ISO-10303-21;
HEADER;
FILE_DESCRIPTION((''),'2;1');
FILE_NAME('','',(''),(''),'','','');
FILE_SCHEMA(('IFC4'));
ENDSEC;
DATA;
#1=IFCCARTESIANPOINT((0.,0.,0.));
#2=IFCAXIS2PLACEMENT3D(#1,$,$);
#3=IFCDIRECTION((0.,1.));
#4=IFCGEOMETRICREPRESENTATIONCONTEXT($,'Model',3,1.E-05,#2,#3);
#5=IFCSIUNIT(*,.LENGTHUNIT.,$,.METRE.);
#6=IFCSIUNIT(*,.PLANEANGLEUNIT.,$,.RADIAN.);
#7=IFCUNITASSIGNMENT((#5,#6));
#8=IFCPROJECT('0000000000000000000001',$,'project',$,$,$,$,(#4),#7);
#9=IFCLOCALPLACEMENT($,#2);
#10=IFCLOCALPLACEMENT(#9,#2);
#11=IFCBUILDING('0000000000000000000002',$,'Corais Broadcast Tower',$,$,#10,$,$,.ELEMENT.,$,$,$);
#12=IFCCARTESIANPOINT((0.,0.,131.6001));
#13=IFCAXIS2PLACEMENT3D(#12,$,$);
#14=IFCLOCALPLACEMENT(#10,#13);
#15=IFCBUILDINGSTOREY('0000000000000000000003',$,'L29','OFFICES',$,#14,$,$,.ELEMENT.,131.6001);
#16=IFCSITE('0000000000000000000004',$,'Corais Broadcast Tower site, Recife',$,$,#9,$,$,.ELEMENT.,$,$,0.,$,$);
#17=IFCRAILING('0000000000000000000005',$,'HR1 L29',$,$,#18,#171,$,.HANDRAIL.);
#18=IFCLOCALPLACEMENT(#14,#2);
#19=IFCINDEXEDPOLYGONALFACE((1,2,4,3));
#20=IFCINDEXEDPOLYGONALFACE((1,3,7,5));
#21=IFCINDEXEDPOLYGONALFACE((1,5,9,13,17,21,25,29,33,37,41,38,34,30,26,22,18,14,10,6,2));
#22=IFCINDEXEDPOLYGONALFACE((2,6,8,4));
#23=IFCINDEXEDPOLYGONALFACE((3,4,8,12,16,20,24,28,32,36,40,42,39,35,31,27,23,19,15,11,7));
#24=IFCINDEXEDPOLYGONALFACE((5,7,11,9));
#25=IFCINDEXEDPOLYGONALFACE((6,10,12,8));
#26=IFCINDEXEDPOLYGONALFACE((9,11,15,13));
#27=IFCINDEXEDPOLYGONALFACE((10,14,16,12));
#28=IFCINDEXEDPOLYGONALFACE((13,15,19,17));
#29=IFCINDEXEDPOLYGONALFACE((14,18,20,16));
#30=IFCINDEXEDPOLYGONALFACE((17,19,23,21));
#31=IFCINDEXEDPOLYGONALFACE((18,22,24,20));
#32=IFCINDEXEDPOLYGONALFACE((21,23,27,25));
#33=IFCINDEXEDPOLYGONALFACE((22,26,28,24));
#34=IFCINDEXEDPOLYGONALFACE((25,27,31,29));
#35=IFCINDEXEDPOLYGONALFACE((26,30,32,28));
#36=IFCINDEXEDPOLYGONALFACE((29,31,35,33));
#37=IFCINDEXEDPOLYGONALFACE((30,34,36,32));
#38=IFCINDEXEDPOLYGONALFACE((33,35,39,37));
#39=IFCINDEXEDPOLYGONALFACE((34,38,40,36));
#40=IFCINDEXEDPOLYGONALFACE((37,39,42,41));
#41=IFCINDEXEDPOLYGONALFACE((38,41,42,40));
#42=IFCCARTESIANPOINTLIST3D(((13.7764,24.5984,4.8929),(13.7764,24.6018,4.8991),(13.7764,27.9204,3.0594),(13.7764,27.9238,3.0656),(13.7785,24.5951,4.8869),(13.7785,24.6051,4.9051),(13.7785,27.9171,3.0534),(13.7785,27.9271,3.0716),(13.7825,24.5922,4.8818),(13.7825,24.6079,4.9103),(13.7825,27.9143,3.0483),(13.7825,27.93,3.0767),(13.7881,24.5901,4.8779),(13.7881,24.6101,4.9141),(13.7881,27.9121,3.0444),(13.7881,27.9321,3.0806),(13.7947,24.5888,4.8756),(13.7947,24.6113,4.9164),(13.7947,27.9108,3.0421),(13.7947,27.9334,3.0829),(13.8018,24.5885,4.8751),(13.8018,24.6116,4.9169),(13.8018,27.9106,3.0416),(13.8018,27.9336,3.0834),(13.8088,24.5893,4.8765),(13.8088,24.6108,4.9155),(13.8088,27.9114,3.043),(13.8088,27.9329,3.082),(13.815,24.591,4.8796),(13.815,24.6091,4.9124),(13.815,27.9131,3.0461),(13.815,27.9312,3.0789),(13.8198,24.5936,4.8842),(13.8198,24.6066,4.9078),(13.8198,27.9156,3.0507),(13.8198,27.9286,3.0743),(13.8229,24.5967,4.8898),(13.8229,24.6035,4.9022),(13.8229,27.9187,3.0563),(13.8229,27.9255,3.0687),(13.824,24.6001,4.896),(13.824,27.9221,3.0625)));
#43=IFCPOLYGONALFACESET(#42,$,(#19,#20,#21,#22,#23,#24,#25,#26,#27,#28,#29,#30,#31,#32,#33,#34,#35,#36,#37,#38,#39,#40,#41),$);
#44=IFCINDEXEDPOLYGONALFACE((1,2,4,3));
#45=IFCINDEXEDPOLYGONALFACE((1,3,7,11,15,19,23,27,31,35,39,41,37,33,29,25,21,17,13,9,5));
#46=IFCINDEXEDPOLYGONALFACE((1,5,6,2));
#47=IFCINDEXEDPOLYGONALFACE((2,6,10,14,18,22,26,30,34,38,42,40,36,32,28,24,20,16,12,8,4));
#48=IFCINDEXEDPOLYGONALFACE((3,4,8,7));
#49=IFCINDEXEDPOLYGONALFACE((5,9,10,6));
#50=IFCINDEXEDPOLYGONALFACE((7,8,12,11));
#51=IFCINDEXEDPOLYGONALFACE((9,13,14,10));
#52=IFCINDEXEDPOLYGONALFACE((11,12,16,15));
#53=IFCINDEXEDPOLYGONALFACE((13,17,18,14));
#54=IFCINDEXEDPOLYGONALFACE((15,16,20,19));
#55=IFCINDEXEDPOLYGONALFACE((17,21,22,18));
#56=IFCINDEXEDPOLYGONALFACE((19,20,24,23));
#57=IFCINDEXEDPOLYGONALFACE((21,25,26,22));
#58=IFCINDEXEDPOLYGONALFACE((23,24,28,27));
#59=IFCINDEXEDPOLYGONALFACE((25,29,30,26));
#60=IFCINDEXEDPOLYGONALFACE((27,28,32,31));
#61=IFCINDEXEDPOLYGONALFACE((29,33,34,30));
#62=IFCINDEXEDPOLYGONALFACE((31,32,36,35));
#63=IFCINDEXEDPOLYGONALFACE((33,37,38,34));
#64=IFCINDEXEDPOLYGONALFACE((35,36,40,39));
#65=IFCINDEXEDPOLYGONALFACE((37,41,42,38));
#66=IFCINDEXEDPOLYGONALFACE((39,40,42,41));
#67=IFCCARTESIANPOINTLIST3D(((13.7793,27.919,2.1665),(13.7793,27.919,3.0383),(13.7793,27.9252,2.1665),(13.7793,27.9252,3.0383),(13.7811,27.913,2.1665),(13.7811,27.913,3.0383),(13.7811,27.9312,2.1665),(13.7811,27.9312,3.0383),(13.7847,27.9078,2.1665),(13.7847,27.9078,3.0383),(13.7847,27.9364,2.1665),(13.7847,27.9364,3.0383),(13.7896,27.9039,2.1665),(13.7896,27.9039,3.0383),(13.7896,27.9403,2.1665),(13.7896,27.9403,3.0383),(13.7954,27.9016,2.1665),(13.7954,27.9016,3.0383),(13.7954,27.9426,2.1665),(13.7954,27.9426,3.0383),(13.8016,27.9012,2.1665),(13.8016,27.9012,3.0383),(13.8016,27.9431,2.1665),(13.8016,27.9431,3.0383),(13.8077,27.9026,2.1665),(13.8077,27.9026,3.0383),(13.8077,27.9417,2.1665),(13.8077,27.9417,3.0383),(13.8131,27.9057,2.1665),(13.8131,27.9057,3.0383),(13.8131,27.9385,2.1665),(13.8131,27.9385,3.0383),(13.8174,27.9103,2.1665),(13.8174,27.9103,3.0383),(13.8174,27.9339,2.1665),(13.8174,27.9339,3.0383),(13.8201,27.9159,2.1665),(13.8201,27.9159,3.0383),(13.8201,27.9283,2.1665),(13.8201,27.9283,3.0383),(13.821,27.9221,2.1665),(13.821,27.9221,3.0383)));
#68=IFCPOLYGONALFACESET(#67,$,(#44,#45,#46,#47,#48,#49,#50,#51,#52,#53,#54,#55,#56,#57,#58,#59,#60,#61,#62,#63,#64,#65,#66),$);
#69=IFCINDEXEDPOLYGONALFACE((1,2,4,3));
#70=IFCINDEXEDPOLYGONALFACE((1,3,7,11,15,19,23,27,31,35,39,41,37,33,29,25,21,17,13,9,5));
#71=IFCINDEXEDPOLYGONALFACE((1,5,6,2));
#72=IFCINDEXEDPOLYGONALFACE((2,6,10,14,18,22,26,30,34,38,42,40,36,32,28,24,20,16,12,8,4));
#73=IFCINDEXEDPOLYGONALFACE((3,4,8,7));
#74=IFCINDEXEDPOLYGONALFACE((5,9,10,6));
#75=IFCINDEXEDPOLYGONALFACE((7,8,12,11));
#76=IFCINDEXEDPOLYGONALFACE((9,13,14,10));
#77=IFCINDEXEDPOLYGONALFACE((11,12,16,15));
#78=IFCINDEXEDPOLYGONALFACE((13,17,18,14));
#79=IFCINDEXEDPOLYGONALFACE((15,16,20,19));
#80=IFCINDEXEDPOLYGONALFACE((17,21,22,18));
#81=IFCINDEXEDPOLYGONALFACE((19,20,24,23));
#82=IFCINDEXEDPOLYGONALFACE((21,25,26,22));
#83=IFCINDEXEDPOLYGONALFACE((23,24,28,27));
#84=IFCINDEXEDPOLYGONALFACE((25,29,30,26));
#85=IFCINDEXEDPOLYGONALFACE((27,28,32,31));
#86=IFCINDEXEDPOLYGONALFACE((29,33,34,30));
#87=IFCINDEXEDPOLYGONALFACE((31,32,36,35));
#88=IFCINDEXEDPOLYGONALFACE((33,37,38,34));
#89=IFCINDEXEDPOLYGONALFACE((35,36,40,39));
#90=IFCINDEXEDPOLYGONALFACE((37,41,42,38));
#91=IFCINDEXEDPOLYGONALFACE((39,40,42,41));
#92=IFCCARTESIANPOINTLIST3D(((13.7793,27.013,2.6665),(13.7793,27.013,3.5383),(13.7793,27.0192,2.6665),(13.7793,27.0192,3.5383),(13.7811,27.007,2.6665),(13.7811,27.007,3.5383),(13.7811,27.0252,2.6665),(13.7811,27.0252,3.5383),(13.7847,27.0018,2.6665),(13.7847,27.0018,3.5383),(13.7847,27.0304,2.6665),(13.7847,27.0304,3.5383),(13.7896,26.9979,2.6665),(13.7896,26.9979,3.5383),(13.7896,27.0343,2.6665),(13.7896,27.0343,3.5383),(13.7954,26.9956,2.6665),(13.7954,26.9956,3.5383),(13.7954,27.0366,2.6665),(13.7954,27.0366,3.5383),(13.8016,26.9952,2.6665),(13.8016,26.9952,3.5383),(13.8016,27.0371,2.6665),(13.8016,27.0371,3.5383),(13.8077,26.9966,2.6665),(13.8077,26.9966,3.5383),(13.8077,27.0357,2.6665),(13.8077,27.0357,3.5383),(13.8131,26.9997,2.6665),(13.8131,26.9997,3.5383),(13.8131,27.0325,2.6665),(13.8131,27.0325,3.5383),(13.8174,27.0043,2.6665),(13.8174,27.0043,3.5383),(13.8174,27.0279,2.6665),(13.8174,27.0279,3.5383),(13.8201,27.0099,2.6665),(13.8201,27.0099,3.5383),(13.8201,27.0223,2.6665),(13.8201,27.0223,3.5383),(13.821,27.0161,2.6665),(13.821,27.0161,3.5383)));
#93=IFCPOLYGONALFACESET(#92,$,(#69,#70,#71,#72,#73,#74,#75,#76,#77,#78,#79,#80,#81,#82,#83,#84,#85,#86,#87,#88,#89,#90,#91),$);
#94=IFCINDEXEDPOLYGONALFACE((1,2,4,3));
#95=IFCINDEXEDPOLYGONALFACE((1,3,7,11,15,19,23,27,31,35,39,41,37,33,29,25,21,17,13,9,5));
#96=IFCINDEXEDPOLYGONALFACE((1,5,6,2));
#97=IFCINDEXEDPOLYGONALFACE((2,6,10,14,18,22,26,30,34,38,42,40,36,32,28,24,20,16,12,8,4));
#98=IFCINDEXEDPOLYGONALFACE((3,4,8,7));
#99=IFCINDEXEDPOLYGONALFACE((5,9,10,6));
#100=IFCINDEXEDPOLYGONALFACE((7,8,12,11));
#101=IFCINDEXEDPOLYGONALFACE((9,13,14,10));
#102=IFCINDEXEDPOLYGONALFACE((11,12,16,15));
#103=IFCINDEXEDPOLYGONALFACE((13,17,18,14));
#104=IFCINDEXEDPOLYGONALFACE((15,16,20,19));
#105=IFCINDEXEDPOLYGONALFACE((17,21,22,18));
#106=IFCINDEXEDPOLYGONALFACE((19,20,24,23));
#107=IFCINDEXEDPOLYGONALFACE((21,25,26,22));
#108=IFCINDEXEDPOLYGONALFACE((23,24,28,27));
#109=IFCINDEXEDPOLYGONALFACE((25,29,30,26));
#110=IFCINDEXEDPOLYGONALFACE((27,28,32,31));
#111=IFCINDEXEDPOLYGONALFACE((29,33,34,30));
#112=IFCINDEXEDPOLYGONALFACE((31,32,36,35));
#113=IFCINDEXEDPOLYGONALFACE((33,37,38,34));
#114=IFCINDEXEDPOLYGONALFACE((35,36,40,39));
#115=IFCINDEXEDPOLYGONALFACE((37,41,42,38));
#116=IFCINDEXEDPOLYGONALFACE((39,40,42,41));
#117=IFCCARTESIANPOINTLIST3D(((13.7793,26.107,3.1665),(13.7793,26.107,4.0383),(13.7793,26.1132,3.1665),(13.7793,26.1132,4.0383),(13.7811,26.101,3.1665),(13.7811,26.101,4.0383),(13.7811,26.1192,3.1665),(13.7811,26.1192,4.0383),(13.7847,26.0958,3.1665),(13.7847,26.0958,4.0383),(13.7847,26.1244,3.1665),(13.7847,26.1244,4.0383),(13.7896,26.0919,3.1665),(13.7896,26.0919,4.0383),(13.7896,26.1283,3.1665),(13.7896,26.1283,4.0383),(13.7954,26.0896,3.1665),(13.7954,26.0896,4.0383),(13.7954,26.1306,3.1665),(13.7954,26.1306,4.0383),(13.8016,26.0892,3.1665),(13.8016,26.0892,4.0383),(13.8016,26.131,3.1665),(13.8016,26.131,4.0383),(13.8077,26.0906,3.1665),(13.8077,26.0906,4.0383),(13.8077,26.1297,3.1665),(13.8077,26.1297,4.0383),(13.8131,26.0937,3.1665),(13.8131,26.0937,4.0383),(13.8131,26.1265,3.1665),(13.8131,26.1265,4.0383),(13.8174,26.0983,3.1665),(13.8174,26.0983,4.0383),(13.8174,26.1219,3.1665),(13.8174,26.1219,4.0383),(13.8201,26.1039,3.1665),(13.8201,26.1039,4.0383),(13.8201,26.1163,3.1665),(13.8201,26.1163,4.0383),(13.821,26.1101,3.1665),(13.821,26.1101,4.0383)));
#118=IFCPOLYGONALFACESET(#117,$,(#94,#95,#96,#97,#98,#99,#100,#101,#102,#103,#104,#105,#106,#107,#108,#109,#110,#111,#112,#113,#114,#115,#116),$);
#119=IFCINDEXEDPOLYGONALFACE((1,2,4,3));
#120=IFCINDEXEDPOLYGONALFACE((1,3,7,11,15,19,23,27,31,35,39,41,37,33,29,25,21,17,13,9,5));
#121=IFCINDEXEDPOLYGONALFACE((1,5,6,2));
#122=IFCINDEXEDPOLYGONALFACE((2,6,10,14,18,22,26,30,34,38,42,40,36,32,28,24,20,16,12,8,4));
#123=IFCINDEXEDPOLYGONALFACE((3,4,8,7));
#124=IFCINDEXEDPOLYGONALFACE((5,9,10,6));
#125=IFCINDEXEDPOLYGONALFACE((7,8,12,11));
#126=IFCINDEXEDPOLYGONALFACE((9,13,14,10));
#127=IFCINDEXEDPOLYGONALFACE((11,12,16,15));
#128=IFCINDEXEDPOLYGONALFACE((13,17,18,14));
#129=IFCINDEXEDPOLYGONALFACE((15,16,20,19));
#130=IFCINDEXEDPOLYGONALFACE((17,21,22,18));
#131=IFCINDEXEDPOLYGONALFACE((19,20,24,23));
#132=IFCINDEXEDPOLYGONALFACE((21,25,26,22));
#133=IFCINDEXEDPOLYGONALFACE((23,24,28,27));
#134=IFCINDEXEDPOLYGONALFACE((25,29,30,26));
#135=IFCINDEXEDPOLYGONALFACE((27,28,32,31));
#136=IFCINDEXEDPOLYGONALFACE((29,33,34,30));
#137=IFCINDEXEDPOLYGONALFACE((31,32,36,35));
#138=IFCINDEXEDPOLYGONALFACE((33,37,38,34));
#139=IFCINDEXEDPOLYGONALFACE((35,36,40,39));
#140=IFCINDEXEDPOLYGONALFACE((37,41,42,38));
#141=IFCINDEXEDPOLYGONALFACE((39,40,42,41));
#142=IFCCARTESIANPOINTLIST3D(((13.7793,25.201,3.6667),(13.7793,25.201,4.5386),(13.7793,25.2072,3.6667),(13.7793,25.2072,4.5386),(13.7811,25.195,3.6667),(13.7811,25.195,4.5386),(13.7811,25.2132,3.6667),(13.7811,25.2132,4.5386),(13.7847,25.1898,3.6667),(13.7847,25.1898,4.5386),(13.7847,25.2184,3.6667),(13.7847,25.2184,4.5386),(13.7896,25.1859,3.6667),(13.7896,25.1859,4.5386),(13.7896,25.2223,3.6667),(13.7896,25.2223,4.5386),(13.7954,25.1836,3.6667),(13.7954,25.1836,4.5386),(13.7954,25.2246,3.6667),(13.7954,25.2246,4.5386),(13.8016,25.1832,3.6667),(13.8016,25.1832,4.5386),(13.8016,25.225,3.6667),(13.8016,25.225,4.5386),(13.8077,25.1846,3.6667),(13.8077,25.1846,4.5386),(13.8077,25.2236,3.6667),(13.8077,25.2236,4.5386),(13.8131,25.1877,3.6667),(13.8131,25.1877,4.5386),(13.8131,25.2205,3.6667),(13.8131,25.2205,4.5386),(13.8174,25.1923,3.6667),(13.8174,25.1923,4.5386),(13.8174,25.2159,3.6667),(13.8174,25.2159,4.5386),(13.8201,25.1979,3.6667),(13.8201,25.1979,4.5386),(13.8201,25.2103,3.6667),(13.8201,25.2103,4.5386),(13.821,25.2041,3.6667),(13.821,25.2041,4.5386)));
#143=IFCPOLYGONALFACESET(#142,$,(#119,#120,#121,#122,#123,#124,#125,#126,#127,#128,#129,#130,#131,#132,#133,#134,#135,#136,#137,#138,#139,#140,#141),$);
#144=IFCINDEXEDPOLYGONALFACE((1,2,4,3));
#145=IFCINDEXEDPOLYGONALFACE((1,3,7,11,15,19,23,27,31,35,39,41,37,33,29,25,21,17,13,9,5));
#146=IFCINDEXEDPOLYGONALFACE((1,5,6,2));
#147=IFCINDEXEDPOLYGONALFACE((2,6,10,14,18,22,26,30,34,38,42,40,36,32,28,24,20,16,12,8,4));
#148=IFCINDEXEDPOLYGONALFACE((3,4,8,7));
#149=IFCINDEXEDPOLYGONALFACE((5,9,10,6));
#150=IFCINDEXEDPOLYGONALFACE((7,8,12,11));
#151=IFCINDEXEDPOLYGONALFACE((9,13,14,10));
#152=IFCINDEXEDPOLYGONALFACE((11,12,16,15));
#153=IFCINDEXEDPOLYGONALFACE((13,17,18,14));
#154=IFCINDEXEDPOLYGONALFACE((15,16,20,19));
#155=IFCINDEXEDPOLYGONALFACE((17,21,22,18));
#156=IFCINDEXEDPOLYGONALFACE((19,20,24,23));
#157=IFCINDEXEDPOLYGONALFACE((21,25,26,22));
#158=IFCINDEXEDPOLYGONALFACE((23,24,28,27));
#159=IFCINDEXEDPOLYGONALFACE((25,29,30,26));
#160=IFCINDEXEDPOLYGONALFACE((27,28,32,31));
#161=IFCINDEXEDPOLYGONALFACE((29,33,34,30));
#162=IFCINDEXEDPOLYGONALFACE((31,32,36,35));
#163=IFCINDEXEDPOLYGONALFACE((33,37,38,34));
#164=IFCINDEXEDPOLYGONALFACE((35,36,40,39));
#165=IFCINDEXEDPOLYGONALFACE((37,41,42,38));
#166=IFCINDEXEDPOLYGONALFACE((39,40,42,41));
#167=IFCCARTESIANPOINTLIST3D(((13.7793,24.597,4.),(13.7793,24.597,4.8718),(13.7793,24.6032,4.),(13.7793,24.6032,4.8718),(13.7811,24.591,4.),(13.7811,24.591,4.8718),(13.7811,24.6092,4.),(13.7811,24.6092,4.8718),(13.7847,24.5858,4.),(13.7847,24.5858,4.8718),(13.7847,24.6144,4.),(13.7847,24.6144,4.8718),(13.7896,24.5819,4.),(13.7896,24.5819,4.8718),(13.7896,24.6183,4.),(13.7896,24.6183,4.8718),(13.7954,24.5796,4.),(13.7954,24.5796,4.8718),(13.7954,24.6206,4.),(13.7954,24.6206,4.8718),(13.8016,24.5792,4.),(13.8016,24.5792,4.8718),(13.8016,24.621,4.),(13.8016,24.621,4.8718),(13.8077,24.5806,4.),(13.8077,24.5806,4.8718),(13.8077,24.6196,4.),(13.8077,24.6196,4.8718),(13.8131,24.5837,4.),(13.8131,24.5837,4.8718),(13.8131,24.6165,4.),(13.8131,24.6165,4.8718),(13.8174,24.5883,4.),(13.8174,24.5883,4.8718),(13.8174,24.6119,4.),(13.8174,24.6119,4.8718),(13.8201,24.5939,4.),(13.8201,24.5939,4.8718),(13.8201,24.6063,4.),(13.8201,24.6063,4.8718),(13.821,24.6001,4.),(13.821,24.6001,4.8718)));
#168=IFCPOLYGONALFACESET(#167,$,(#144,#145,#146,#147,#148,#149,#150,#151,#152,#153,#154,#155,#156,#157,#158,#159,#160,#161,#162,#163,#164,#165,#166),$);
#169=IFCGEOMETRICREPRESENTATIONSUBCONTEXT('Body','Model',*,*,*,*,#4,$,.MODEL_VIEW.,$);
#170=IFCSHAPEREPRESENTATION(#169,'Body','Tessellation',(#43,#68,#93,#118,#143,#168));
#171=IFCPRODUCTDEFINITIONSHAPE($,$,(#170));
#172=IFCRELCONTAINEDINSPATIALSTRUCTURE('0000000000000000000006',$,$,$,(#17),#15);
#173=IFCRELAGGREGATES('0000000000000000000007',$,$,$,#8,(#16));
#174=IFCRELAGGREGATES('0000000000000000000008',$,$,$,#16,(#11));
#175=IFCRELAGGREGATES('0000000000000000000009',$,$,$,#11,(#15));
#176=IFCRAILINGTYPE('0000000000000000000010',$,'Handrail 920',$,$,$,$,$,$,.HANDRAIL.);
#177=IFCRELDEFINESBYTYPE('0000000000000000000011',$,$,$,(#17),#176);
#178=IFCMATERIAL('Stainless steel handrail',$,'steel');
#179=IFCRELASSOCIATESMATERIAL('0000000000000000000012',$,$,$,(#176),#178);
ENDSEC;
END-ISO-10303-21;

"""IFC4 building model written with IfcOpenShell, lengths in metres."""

from ifc_helpers import new_model, si_unit, direction, frame, origin, origin_2d, place, context, subcontext, project, spatial, circle, extrude, material, type_object, element, save


model = new_model("IFC4")

# Units and contexts
model_context = context("Model", 3, precision=1e-05, world=origin(), true_north=direction((0.0, 1.0)))
body_context = subcontext(model_context, "Body", "Model", "MODEL_VIEW")
ifc_project = project(units=[si_unit("LENGTHUNIT", "METRE"), si_unit("PLANEANGLEUNIT", "RADIAN")], contexts=[model_context])

# Site, building, storey
site_placement = place(None, origin())
site = spatial("IfcSite", under=ifc_project, at=site_placement, Name="Corais Broadcast Tower site, Recife", CompositionType="ELEMENT", RefElevation=0.0)
building_placement = place(site_placement, origin())
building = spatial("IfcBuilding", under=site, at=building_placement, Name="Corais Broadcast Tower", CompositionType="ELEMENT")
storey_placement = place(building_placement, frame((0.0, 0.0, 131.6001)))
storey = spatial("IfcBuildingStorey", under=building, at=storey_placement, Name="L29", Description="OFFICES", CompositionType="ELEMENT", Elevation=131.6001)

# Railing
ifc_material_1 = material(Name="Stainless steel handrail", Category="steel")
railing_type = type_object("IfcRailingType", Name="Handrail 920", PredefinedType="HANDRAIL", material=ifc_material_1)
for number, where, name in (
    (1, (13.8, 27.9221, 2.1665), "HR1 L29"),
):
    element("IfcRailing", number, at=place(storey_placement, frame(where)), inside=storey, type_object=railing_type, Name=name, PredefinedType="HANDRAIL", context=body_context, shape_type="SweptSolid", body=[
        extrude(circle(Radius=0.0239, at=origin_2d()), frame((0.0, 0.0, 0.896), z_axis=(0.0, -0.875504, 0.48321), x_axis=(1.0, 0.0, 0.0)), (0.0, 0.0, 1.0), 3.7944),
        extrude(circle(Radius=0.021, at=origin_2d()), origin(), (0.0, 0.0, 1.0), 0.8718),
        extrude(circle(Radius=0.021, at=origin_2d()), frame((0.0, -0.906, 0.5)), (0.0, 0.0, 1.0), 0.8718),
        extrude(circle(Radius=0.021, at=origin_2d()), frame((0.0, -1.812, 1.0)), (0.0, 0.0, 1.0), 0.8718),
        extrude(circle(Radius=0.021, at=origin_2d()), frame((0.0, -2.718, 1.5002)), (0.0, 0.0, 1.0), 0.8718),
        extrude(circle(Radius=0.021, at=origin_2d()), frame((0.0, -3.322, 1.8335)), (0.0, 0.0, 1.0), 0.8718),
    ])

save(model, "model.ifc")
